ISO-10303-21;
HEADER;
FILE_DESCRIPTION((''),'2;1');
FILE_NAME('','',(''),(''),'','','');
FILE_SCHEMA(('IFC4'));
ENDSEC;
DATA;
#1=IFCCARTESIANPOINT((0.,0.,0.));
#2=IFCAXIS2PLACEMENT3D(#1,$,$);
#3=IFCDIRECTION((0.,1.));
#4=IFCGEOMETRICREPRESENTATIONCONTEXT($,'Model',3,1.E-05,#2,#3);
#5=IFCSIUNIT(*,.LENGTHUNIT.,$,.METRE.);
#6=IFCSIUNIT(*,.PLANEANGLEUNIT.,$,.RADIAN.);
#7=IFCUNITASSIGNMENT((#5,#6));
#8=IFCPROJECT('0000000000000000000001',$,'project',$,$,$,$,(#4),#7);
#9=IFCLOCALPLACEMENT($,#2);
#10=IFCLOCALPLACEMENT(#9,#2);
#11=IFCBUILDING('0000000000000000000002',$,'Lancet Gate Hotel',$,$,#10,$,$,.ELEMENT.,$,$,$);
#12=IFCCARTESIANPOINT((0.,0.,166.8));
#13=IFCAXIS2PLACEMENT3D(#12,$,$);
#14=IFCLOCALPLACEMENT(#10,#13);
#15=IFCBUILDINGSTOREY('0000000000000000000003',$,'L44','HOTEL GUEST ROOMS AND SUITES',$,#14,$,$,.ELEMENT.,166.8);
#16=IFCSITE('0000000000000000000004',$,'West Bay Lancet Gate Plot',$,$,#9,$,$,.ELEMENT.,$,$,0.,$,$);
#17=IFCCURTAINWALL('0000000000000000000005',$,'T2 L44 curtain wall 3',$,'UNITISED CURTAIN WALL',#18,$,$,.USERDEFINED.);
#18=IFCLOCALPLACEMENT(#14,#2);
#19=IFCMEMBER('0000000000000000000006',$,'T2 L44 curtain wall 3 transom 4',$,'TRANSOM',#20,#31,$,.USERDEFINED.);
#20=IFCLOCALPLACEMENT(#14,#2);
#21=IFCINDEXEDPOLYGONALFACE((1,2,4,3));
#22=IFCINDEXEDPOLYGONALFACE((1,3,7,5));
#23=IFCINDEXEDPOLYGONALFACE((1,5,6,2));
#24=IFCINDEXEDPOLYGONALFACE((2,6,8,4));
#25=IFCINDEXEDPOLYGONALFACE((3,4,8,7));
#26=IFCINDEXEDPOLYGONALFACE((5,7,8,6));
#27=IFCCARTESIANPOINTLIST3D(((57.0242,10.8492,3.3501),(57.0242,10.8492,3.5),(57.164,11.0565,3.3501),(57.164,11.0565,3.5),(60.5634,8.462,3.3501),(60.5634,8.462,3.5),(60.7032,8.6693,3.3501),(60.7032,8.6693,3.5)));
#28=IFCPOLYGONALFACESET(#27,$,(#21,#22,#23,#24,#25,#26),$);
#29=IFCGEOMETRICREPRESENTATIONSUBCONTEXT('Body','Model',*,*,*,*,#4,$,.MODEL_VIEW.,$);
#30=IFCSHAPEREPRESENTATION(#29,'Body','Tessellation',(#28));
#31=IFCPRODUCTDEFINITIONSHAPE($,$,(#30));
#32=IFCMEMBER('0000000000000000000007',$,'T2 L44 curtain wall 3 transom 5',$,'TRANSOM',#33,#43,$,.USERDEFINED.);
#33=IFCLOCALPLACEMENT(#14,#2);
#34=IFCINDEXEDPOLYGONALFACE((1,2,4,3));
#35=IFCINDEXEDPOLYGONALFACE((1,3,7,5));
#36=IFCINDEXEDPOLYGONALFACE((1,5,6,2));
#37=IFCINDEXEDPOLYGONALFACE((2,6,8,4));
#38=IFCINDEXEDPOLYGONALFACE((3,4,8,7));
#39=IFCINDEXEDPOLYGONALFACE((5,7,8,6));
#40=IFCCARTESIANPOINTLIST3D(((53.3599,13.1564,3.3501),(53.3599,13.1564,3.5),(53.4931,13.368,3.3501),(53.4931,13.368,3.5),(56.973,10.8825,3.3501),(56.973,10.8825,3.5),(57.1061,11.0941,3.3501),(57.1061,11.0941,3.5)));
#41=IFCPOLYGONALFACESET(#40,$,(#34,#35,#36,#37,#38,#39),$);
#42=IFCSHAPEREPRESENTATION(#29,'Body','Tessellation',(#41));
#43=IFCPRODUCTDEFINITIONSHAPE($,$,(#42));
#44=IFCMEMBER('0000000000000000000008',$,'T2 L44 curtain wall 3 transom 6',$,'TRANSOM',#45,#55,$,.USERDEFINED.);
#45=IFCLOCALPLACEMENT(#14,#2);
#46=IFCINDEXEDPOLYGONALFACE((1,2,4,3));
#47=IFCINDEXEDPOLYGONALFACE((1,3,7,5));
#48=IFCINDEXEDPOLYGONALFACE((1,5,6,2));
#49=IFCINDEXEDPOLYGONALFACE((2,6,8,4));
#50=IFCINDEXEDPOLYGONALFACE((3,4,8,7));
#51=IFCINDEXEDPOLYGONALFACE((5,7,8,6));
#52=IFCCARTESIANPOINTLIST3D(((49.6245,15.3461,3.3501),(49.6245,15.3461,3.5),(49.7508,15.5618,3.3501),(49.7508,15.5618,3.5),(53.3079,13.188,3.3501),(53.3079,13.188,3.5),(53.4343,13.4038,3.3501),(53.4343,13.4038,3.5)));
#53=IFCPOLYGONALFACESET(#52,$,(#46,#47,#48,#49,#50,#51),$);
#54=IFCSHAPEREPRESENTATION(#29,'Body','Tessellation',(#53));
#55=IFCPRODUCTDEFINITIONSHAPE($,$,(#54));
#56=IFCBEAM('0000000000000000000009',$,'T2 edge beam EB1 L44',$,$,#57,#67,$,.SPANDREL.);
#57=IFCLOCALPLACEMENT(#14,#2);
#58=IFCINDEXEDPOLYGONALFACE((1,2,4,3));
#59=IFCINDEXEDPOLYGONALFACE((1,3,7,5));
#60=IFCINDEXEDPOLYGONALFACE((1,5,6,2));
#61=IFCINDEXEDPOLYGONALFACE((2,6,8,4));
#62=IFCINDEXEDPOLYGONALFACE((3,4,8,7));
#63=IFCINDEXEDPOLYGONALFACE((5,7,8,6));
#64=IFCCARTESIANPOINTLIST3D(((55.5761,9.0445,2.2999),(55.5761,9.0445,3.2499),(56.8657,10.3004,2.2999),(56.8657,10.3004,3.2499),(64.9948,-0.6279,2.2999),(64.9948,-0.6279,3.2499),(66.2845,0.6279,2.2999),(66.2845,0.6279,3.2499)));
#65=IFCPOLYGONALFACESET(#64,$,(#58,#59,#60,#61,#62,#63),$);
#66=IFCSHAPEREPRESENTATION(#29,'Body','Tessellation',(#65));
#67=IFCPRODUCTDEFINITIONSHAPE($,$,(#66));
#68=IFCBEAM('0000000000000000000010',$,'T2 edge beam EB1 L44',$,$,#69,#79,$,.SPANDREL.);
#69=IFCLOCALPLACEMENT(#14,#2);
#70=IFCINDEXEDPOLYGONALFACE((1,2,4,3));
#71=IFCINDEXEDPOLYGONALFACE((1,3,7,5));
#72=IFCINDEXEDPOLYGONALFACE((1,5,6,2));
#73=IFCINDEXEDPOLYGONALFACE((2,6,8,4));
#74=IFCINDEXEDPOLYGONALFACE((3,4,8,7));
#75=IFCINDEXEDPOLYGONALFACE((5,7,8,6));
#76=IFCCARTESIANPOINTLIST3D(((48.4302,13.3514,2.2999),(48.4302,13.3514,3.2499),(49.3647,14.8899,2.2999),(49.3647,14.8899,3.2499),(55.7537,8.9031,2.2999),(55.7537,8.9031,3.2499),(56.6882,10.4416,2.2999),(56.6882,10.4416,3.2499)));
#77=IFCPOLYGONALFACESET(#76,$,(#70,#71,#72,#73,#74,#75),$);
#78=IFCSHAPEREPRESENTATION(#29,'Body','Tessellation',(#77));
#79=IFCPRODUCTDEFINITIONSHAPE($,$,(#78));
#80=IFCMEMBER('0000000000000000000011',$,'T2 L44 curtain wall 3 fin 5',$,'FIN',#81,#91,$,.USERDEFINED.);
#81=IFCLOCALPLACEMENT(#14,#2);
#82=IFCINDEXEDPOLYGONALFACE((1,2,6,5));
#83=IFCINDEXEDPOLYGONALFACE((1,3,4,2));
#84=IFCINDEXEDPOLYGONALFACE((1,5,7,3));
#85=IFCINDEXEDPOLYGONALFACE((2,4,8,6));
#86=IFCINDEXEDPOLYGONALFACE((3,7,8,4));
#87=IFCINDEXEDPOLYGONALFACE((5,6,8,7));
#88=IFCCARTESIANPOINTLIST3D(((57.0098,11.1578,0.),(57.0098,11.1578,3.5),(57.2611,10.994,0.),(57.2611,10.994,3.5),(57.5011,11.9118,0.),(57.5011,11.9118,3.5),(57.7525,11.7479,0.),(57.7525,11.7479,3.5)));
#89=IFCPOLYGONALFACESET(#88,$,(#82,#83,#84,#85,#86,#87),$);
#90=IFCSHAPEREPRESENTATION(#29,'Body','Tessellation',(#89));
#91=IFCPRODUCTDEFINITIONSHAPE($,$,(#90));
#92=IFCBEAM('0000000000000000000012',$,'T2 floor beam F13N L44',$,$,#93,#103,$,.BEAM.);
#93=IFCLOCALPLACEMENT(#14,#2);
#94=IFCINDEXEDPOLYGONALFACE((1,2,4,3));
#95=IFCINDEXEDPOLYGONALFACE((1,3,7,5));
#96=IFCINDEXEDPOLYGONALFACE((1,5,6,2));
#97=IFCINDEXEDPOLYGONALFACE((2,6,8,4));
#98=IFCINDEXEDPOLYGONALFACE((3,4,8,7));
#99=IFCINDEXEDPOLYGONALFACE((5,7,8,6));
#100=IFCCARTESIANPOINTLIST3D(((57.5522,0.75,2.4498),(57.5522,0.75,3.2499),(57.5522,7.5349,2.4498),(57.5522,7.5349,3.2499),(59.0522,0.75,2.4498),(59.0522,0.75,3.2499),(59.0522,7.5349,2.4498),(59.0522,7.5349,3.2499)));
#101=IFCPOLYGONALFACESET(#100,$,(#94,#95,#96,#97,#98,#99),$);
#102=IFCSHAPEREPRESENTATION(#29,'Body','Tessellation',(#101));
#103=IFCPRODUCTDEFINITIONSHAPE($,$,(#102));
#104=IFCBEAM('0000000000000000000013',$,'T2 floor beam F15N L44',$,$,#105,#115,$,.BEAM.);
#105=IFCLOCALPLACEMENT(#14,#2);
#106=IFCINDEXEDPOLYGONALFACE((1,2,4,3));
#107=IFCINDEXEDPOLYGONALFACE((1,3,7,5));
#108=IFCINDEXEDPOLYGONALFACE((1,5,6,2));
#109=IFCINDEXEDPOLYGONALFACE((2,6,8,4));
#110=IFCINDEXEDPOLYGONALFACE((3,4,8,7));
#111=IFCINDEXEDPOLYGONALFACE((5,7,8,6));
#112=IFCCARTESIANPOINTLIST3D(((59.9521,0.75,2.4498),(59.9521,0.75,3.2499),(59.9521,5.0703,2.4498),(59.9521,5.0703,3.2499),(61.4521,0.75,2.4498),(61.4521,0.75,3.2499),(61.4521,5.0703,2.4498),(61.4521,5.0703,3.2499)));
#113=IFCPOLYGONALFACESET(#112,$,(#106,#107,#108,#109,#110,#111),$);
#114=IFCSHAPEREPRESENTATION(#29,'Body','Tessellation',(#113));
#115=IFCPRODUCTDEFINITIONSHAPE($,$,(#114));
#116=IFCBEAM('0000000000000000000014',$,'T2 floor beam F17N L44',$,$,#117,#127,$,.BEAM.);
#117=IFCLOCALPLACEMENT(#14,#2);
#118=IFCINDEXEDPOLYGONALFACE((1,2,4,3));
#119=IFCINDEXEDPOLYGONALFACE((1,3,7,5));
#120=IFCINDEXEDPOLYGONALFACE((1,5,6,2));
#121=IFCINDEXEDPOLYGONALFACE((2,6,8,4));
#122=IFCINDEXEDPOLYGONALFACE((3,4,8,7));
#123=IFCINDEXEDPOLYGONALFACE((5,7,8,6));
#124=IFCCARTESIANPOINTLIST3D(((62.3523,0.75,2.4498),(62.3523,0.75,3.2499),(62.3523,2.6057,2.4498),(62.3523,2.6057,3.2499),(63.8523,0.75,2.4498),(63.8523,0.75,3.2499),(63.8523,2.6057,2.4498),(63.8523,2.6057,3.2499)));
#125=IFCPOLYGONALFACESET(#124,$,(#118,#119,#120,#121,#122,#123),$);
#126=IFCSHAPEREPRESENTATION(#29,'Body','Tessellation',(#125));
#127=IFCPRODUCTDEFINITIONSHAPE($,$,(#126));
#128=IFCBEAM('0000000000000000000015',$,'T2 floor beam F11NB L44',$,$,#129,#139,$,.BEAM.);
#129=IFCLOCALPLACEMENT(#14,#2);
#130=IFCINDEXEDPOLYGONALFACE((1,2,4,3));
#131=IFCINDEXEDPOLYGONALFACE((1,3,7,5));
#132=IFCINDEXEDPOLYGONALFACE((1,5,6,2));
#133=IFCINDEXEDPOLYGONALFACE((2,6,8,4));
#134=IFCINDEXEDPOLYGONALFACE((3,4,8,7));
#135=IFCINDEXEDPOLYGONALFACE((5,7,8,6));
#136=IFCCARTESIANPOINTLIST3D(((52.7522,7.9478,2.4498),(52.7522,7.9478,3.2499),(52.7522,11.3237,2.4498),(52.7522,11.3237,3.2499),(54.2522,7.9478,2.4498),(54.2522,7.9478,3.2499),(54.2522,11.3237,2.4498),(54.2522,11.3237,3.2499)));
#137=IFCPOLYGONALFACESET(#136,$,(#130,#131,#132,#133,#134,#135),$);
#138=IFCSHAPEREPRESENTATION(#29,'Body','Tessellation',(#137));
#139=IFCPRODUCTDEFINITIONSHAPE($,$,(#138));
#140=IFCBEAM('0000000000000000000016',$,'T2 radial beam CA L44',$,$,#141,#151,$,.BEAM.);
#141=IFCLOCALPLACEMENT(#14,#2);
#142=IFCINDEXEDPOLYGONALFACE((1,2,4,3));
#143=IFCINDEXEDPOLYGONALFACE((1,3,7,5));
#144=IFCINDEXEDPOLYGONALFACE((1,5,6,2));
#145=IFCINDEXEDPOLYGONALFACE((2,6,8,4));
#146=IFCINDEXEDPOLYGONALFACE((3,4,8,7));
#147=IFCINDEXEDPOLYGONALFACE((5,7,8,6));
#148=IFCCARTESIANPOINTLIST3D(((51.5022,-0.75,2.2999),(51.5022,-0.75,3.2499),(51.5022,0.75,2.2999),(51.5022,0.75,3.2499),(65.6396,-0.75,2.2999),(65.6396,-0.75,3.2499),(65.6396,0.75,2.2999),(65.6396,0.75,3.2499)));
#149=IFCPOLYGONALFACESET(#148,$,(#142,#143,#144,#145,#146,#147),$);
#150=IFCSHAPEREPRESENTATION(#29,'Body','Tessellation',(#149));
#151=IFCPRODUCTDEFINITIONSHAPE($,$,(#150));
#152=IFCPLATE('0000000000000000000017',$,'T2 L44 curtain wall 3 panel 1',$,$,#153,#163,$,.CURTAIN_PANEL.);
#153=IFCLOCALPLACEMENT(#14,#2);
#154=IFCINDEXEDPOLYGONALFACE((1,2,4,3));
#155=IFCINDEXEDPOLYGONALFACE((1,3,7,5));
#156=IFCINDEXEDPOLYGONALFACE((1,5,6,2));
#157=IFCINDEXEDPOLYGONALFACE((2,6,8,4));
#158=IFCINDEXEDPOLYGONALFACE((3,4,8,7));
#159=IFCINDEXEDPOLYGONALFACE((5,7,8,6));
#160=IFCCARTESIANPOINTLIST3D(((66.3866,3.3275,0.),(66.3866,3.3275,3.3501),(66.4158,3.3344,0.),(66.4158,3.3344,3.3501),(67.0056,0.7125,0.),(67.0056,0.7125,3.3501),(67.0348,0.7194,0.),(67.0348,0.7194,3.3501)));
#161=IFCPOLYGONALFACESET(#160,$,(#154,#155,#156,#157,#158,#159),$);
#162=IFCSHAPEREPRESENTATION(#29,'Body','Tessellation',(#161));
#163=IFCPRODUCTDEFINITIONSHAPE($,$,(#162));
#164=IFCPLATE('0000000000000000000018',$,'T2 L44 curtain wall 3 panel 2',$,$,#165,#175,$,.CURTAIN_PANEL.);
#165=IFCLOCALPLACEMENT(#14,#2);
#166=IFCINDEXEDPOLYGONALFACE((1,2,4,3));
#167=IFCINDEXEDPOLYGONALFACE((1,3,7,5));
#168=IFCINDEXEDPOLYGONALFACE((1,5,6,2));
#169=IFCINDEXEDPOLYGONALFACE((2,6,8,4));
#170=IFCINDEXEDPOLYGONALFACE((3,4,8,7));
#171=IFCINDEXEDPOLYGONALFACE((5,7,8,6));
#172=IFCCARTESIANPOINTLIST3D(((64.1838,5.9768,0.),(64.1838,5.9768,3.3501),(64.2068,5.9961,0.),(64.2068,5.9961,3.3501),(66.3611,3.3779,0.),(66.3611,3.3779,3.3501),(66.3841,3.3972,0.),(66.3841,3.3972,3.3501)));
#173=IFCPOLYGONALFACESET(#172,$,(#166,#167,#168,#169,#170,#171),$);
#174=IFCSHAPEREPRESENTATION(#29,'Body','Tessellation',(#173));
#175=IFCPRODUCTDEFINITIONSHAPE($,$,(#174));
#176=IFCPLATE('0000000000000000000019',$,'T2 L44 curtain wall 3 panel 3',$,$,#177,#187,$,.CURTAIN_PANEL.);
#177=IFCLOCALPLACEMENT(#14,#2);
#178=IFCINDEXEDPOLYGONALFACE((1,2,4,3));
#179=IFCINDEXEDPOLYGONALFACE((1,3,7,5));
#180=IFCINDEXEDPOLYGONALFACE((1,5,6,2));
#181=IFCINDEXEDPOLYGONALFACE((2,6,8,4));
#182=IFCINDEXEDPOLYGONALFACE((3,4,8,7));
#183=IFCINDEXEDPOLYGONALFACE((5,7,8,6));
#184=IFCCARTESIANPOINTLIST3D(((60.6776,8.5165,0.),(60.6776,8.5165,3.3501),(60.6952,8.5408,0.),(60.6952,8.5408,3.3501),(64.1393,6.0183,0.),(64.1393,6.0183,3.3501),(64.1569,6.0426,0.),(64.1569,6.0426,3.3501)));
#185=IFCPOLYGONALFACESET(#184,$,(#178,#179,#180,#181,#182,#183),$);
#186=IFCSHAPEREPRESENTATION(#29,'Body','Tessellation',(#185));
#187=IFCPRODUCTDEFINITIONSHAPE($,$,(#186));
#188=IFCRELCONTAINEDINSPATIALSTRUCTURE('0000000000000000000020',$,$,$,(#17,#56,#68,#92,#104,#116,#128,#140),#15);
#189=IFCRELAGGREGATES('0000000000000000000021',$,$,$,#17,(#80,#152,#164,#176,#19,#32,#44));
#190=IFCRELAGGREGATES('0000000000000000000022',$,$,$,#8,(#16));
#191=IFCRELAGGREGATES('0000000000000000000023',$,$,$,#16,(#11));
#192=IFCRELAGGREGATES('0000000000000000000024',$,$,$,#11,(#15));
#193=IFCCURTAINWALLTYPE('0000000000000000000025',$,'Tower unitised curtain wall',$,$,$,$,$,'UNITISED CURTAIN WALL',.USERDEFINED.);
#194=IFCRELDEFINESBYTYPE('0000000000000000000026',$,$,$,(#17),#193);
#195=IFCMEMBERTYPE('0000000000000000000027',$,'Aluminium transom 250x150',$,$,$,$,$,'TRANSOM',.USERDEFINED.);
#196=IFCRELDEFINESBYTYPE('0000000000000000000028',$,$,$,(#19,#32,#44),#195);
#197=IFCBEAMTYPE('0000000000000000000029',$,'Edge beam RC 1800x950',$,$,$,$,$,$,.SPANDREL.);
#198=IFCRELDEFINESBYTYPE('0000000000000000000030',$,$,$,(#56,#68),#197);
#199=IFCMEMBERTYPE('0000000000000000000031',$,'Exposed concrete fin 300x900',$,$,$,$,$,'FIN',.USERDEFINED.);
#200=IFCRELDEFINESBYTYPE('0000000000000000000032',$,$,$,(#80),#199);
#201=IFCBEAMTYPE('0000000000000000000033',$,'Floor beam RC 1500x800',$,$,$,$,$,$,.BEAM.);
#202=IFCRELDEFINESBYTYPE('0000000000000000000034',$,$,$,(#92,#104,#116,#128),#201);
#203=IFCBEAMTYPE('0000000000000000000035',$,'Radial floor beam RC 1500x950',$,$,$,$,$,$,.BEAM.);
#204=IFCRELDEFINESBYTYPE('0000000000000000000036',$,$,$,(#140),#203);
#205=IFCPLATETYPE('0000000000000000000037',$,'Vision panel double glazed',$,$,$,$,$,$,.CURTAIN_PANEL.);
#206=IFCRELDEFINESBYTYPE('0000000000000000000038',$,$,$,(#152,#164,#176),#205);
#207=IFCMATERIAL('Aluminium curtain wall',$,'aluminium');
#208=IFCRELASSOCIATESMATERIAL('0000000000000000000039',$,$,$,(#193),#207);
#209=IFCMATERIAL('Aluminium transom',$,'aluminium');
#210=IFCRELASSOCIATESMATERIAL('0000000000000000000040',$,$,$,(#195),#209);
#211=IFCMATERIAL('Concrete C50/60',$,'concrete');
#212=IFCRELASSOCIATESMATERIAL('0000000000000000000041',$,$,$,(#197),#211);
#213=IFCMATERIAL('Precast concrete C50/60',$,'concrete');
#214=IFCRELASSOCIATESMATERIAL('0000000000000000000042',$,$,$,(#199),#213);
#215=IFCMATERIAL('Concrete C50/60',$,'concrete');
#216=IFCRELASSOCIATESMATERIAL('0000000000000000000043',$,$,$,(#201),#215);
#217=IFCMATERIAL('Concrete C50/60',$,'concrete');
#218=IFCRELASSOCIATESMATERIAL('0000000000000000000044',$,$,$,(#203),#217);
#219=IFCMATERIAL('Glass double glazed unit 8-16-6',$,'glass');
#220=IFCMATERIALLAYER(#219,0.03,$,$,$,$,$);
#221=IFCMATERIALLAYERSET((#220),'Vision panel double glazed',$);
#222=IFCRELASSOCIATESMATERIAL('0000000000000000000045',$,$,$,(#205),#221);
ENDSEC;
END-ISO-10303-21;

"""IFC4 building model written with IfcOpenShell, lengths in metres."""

from ifc_helpers import new_model, si_unit, direction, frame, origin, origin_2d, place, context, subcontext, project, spatial, rectangle, extrude, material, layer, layer_set, material_profile, profile_set, type_object, element, aggregate, save


model = new_model("IFC4")

# Units and contexts
model_context = context("Model", 3, precision=1e-05, world=origin(), true_north=direction((0.0, 1.0)))
body_context = subcontext(model_context, "Body", "Model", "MODEL_VIEW")
ifc_project = project(units=[si_unit("LENGTHUNIT", "METRE"), si_unit("PLANEANGLEUNIT", "RADIAN")], contexts=[model_context])

# Site, building, storey
site_placement = place(None, origin())
site = spatial("IfcSite", under=ifc_project, at=site_placement, Name="West Bay Lancet Gate Plot", CompositionType="ELEMENT", RefElevation=0.0)
building_placement = place(site_placement, origin())
building = spatial("IfcBuilding", under=site, at=building_placement, Name="Lancet Gate Hotel", CompositionType="ELEMENT")
storey_placement = place(building_placement, frame((0.0, 0.0, 166.8)))
storey = spatial("IfcBuildingStorey", under=building, at=storey_placement, Name="L44", Description="HOTEL GUEST ROOMS AND SUITES", CompositionType="ELEMENT", Elevation=166.8)

# Curtain wall, members
ifc_material_1 = material(Name="Aluminium curtain wall", Category="aluminium")
curtain_wall_type = type_object("IfcCurtainWallType", Name="Tower unitised curtain wall", ElementType="UNITISED CURTAIN WALL", PredefinedType="USERDEFINED", material=ifc_material_1)
curtain_wall_placement = place(storey_placement, origin())
curtain_wall = element("IfcCurtainWall", 1, at=curtain_wall_placement, inside=storey, type_object=curtain_wall_type, Name="T2 L44 curtain wall 3", ObjectType="UNITISED CURTAIN WALL", PredefinedType="USERDEFINED")
ifc_material_2 = material(Name="Aluminium transom", Category="aluminium")
ifc_material_profile_1 = material_profile(ifc_material_2, rectangle(XDim=0.25, YDim=0.1499, at=origin_2d()), Name="TRANSOM 250x150")
ifc_profile_set_1 = profile_set([ifc_material_profile_1], Name="Aluminium transom")
member_type_1 = type_object("IfcMemberType", Name="Aluminium transom 250x150", ElementType="TRANSOM", PredefinedType="USERDEFINED", material=ifc_profile_set_1)
member_1_placement = place(storey_placement, frame((60.6333, 8.5657, 3.425), z_axis=(-0.829047, 0.559179, 0.0), x_axis=(-0.559179, -0.829047, 0.0)))
member_1 = element("IfcMember", 2, at=member_1_placement, type_object=member_type_1, Name="T2 L44 curtain wall 3 transom 4", ObjectType="TRANSOM", PredefinedType="USERDEFINED", context=body_context, shape_type="SweptSolid", body=[
    extrude(rectangle(XDim=0.25, YDim=0.1499, at=origin_2d()), origin(), (0.0, 0.0, 1.0), 4.269),
])
member_2_placement = place(storey_placement, frame((57.0396, 10.9883, 3.425), z_axis=(-0.846333, 0.532654, 0.0), x_axis=(-0.532654, -0.846333, 0.0)))
member_2 = element("IfcMember", 3, at=member_2_placement, type_object=member_type_1, Name="T2 L44 curtain wall 3 transom 5", ObjectType="TRANSOM", PredefinedType="USERDEFINED", context=body_context, shape_type="SweptSolid", body=[
    extrude(rectangle(XDim=0.25, YDim=0.1499, at=origin_2d()), origin(), (0.0, 0.0, 1.0), 4.269),
])
member_3_placement = place(storey_placement, frame((53.3711, 13.2959, 3.425), z_axis=(-0.862825, 0.505502, 0.0), x_axis=(-0.505502, -0.862825, 0.0)))
member_3 = element("IfcMember", 4, at=member_3_placement, type_object=member_type_1, Name="T2 L44 curtain wall 3 transom 6", ObjectType="TRANSOM", PredefinedType="USERDEFINED", context=body_context, shape_type="SweptSolid", body=[
    extrude(rectangle(XDim=0.25, YDim=0.1499, at=origin_2d()), origin(), (0.0, 0.0, 1.0), 4.269),
])

# Beams
ifc_material_3 = material(Name="Concrete C50/60", Category="concrete")
ifc_material_profile_2 = material_profile(ifc_material_3, rectangle(XDim=1.8, YDim=0.95, at=origin_2d()), Name="RC 1800x950")
ifc_profile_set_2 = profile_set([ifc_material_profile_2], Name="Concrete C50/60")
beam_type_1 = type_object("IfcBeamType", Name="Edge beam RC 1800x950", PredefinedType="SPANDREL", material=ifc_profile_set_2)
beam_1_placement = place(storey_placement, frame((65.6396, 0.0, 2.7749), z_axis=(-0.69765, 0.716439, 0.0), x_axis=(-0.716439, -0.69765, 0.0)))
element("IfcBeam", 5, at=beam_1_placement, inside=storey, type_object=beam_type_1, Name="T2 edge beam EB1 L44", PredefinedType="SPANDREL", context=body_context, shape_type="SweptSolid", body=[
    extrude(rectangle(XDim=1.8, YDim=0.95, at=origin_2d()), origin(), (0.0, 0.0, 1.0), 13.5007),
])
beam_2_placement = place(storey_placement, frame((56.2209, 9.6724, 2.7749), z_axis=(-0.854692, 0.519135, 0.0), x_axis=(-0.519135, -0.854692, 0.0)))
element("IfcBeam", 6, at=beam_2_placement, inside=storey, type_object=beam_type_1, Name="T2 edge beam EB1 L44", PredefinedType="SPANDREL", context=body_context, shape_type="SweptSolid", body=[
    extrude(rectangle(XDim=1.8, YDim=0.95, at=origin_2d()), origin(), (0.0, 0.0, 1.0), 8.5686),
])

# Member
ifc_material_4 = material(Name="Precast concrete C50/60", Category="concrete")
ifc_material_profile_3 = material_profile(ifc_material_4, rectangle(XDim=0.3, YDim=0.8999, at=origin_2d()), Name="FIN 300x900")
ifc_profile_set_3 = profile_set([ifc_material_profile_3], Name="Precast concrete C50/60")
member_type_2 = type_object("IfcMemberType", Name="Exposed concrete fin 300x900", ElementType="FIN", PredefinedType="USERDEFINED", material=ifc_profile_set_3)
member_4_placement = place(storey_placement, frame((57.3811, 11.4529, 0.0), z_axis=(0.0, 0.0, 1.0), x_axis=(-0.837801, 0.545976, 0.0)))
member_4 = element("IfcMember", 7, at=member_4_placement, type_object=member_type_2, Name="T2 L44 curtain wall 3 fin 5", ObjectType="FIN", PredefinedType="USERDEFINED", context=body_context, shape_type="SweptSolid", body=[
    extrude(rectangle(XDim=0.3, YDim=0.8999, at=origin_2d()), origin(), (0.0, 0.0, 1.0), 3.5),
])

# Beams
ifc_material_5 = material(Name="Concrete C50/60", Category="concrete")
ifc_material_profile_4 = material_profile(ifc_material_5, rectangle(XDim=1.5, YDim=0.8, at=origin_2d()), Name="RC 1500x800")
ifc_profile_set_4 = profile_set([ifc_material_profile_4], Name="Concrete C50/60")
beam_type_2 = type_object("IfcBeamType", Name="Floor beam RC 1500x800", PredefinedType="BEAM", material=ifc_profile_set_4)
beam_3_placement = place(storey_placement, frame((58.3022, 0.75, 2.8499), z_axis=(0.0, 1.0, 0.0), x_axis=(-1.0, 0.0, 0.0)))
element("IfcBeam", 8, at=beam_3_placement, inside=storey, type_object=beam_type_2, Name="T2 floor beam F13N L44", PredefinedType="BEAM", context=body_context, shape_type="SweptSolid", body=[
    extrude(rectangle(XDim=1.5, YDim=0.8, at=origin_2d()), origin(), (0.0, 0.0, 1.0), 6.7849),
])
beam_4_placement = place(storey_placement, frame((60.7021, 0.75, 2.8499), z_axis=(0.0, 1.0, 0.0), x_axis=(-1.0, 0.0, 0.0)))
element("IfcBeam", 9, at=beam_4_placement, inside=storey, type_object=beam_type_2, Name="T2 floor beam F15N L44", PredefinedType="BEAM", context=body_context, shape_type="SweptSolid", body=[
    extrude(rectangle(XDim=1.5, YDim=0.8, at=origin_2d()), origin(), (0.0, 0.0, 1.0), 4.3203),
])
beam_5_placement = place(storey_placement, frame((63.1023, 0.75, 2.8499), z_axis=(0.0, 1.0, 0.0), x_axis=(-1.0, 0.0, 0.0)))
element("IfcBeam", 10, at=beam_5_placement, inside=storey, type_object=beam_type_2, Name="T2 floor beam F17N L44", PredefinedType="BEAM", context=body_context, shape_type="SweptSolid", body=[
    extrude(rectangle(XDim=1.5, YDim=0.8, at=origin_2d()), origin(), (0.0, 0.0, 1.0), 1.8557),
])
beam_6_placement = place(storey_placement, frame((53.5022, 7.9478, 2.8499), z_axis=(0.0, 1.0, 0.0), x_axis=(-1.0, 0.0, 0.0)))
element("IfcBeam", 11, at=beam_6_placement, inside=storey, type_object=beam_type_2, Name="T2 floor beam F11NB L44", PredefinedType="BEAM", context=body_context, shape_type="SweptSolid", body=[
    extrude(rectangle(XDim=1.5, YDim=0.8, at=origin_2d()), origin(), (0.0, 0.0, 1.0), 3.376),
])
ifc_material_6 = material(Name="Concrete C50/60", Category="concrete")
ifc_material_profile_5 = material_profile(ifc_material_6, rectangle(XDim=1.5, YDim=0.95, at=origin_2d()), Name="RC 1500x950")
ifc_profile_set_5 = profile_set([ifc_material_profile_5], Name="Concrete C50/60")
beam_type_3 = type_object("IfcBeamType", Name="Radial floor beam RC 1500x950", PredefinedType="BEAM", material=ifc_profile_set_5)
beam_7_placement = place(storey_placement, frame((65.6396, 0.0, 2.7749), z_axis=(-1.0, 0.0, 0.0), x_axis=(0.0, -1.0, 0.0)))
element("IfcBeam", 12, at=beam_7_placement, inside=storey, type_object=beam_type_3, Name="T2 radial beam CA L44", PredefinedType="BEAM", context=body_context, shape_type="SweptSolid", body=[
    extrude(rectangle(XDim=1.5, YDim=0.95, at=origin_2d()), origin(), (0.0, 0.0, 1.0), 14.1375),
])

# Plates
ifc_material_7 = material(Name="Glass double glazed unit 8-16-6", Category="glass")
ifc_layer_1 = layer(ifc_material_7, 0.03)
ifc_layer_set_1 = layer_set([ifc_layer_1], Name="Vision panel double glazed")
plate_type = type_object("IfcPlateType", Name="Vision panel double glazed", PredefinedType="CURTAIN_PANEL", material=ifc_layer_set_1)
plate_1_placement = place(storey_placement, frame((66.7107, 2.0234, 0.0), z_axis=(0.0, 0.0, 1.0), x_axis=(-0.230367, 0.973104, 0.0)))
plate_1 = element("IfcPlate", 13, at=plate_1_placement, type_object=plate_type, Name="T2 L44 curtain wall 3 panel 1", PredefinedType="CURTAIN_PANEL", context=body_context, shape_type="SweptSolid", body=[
    extrude(rectangle(XDim=2.6873, YDim=0.03, at=origin_2d()), origin(), (0.0, 0.0, 1.0), 3.3501),
])
plate_2_placement = place(storey_placement, frame((65.2839, 4.687, 0.0), z_axis=(0.0, 0.0, 1.0), x_axis=(-0.642199, 0.766538, 0.0)))
plate_2 = element("IfcPlate", 14, at=plate_2_placement, type_object=plate_type, Name="T2 L44 curtain wall 3 panel 2", PredefinedType="CURTAIN_PANEL", context=body_context, shape_type="SweptSolid", body=[
    extrude(rectangle(XDim=3.3904, YDim=0.03, at=origin_2d()), origin(), (0.0, 0.0, 1.0), 3.3501),
])
plate_3_placement = place(storey_placement, frame((62.4172, 7.2795, 0.0), z_axis=(0.0, 0.0, 1.0), x_axis=(-0.810891, 0.585197, 0.0)))
plate_3 = element("IfcPlate", 15, at=plate_3_placement, type_object=plate_type, Name="T2 L44 curtain wall 3 panel 3", PredefinedType="CURTAIN_PANEL", context=body_context, shape_type="SweptSolid", body=[
    extrude(rectangle(XDim=4.269, YDim=0.03, at=origin_2d()), origin(), (0.0, 0.0, 1.0), 3.3501),
])
aggregate(curtain_wall, [member_4, plate_1, plate_2, plate_3, member_1, member_2, member_3])

save(model, "model.ifc")
